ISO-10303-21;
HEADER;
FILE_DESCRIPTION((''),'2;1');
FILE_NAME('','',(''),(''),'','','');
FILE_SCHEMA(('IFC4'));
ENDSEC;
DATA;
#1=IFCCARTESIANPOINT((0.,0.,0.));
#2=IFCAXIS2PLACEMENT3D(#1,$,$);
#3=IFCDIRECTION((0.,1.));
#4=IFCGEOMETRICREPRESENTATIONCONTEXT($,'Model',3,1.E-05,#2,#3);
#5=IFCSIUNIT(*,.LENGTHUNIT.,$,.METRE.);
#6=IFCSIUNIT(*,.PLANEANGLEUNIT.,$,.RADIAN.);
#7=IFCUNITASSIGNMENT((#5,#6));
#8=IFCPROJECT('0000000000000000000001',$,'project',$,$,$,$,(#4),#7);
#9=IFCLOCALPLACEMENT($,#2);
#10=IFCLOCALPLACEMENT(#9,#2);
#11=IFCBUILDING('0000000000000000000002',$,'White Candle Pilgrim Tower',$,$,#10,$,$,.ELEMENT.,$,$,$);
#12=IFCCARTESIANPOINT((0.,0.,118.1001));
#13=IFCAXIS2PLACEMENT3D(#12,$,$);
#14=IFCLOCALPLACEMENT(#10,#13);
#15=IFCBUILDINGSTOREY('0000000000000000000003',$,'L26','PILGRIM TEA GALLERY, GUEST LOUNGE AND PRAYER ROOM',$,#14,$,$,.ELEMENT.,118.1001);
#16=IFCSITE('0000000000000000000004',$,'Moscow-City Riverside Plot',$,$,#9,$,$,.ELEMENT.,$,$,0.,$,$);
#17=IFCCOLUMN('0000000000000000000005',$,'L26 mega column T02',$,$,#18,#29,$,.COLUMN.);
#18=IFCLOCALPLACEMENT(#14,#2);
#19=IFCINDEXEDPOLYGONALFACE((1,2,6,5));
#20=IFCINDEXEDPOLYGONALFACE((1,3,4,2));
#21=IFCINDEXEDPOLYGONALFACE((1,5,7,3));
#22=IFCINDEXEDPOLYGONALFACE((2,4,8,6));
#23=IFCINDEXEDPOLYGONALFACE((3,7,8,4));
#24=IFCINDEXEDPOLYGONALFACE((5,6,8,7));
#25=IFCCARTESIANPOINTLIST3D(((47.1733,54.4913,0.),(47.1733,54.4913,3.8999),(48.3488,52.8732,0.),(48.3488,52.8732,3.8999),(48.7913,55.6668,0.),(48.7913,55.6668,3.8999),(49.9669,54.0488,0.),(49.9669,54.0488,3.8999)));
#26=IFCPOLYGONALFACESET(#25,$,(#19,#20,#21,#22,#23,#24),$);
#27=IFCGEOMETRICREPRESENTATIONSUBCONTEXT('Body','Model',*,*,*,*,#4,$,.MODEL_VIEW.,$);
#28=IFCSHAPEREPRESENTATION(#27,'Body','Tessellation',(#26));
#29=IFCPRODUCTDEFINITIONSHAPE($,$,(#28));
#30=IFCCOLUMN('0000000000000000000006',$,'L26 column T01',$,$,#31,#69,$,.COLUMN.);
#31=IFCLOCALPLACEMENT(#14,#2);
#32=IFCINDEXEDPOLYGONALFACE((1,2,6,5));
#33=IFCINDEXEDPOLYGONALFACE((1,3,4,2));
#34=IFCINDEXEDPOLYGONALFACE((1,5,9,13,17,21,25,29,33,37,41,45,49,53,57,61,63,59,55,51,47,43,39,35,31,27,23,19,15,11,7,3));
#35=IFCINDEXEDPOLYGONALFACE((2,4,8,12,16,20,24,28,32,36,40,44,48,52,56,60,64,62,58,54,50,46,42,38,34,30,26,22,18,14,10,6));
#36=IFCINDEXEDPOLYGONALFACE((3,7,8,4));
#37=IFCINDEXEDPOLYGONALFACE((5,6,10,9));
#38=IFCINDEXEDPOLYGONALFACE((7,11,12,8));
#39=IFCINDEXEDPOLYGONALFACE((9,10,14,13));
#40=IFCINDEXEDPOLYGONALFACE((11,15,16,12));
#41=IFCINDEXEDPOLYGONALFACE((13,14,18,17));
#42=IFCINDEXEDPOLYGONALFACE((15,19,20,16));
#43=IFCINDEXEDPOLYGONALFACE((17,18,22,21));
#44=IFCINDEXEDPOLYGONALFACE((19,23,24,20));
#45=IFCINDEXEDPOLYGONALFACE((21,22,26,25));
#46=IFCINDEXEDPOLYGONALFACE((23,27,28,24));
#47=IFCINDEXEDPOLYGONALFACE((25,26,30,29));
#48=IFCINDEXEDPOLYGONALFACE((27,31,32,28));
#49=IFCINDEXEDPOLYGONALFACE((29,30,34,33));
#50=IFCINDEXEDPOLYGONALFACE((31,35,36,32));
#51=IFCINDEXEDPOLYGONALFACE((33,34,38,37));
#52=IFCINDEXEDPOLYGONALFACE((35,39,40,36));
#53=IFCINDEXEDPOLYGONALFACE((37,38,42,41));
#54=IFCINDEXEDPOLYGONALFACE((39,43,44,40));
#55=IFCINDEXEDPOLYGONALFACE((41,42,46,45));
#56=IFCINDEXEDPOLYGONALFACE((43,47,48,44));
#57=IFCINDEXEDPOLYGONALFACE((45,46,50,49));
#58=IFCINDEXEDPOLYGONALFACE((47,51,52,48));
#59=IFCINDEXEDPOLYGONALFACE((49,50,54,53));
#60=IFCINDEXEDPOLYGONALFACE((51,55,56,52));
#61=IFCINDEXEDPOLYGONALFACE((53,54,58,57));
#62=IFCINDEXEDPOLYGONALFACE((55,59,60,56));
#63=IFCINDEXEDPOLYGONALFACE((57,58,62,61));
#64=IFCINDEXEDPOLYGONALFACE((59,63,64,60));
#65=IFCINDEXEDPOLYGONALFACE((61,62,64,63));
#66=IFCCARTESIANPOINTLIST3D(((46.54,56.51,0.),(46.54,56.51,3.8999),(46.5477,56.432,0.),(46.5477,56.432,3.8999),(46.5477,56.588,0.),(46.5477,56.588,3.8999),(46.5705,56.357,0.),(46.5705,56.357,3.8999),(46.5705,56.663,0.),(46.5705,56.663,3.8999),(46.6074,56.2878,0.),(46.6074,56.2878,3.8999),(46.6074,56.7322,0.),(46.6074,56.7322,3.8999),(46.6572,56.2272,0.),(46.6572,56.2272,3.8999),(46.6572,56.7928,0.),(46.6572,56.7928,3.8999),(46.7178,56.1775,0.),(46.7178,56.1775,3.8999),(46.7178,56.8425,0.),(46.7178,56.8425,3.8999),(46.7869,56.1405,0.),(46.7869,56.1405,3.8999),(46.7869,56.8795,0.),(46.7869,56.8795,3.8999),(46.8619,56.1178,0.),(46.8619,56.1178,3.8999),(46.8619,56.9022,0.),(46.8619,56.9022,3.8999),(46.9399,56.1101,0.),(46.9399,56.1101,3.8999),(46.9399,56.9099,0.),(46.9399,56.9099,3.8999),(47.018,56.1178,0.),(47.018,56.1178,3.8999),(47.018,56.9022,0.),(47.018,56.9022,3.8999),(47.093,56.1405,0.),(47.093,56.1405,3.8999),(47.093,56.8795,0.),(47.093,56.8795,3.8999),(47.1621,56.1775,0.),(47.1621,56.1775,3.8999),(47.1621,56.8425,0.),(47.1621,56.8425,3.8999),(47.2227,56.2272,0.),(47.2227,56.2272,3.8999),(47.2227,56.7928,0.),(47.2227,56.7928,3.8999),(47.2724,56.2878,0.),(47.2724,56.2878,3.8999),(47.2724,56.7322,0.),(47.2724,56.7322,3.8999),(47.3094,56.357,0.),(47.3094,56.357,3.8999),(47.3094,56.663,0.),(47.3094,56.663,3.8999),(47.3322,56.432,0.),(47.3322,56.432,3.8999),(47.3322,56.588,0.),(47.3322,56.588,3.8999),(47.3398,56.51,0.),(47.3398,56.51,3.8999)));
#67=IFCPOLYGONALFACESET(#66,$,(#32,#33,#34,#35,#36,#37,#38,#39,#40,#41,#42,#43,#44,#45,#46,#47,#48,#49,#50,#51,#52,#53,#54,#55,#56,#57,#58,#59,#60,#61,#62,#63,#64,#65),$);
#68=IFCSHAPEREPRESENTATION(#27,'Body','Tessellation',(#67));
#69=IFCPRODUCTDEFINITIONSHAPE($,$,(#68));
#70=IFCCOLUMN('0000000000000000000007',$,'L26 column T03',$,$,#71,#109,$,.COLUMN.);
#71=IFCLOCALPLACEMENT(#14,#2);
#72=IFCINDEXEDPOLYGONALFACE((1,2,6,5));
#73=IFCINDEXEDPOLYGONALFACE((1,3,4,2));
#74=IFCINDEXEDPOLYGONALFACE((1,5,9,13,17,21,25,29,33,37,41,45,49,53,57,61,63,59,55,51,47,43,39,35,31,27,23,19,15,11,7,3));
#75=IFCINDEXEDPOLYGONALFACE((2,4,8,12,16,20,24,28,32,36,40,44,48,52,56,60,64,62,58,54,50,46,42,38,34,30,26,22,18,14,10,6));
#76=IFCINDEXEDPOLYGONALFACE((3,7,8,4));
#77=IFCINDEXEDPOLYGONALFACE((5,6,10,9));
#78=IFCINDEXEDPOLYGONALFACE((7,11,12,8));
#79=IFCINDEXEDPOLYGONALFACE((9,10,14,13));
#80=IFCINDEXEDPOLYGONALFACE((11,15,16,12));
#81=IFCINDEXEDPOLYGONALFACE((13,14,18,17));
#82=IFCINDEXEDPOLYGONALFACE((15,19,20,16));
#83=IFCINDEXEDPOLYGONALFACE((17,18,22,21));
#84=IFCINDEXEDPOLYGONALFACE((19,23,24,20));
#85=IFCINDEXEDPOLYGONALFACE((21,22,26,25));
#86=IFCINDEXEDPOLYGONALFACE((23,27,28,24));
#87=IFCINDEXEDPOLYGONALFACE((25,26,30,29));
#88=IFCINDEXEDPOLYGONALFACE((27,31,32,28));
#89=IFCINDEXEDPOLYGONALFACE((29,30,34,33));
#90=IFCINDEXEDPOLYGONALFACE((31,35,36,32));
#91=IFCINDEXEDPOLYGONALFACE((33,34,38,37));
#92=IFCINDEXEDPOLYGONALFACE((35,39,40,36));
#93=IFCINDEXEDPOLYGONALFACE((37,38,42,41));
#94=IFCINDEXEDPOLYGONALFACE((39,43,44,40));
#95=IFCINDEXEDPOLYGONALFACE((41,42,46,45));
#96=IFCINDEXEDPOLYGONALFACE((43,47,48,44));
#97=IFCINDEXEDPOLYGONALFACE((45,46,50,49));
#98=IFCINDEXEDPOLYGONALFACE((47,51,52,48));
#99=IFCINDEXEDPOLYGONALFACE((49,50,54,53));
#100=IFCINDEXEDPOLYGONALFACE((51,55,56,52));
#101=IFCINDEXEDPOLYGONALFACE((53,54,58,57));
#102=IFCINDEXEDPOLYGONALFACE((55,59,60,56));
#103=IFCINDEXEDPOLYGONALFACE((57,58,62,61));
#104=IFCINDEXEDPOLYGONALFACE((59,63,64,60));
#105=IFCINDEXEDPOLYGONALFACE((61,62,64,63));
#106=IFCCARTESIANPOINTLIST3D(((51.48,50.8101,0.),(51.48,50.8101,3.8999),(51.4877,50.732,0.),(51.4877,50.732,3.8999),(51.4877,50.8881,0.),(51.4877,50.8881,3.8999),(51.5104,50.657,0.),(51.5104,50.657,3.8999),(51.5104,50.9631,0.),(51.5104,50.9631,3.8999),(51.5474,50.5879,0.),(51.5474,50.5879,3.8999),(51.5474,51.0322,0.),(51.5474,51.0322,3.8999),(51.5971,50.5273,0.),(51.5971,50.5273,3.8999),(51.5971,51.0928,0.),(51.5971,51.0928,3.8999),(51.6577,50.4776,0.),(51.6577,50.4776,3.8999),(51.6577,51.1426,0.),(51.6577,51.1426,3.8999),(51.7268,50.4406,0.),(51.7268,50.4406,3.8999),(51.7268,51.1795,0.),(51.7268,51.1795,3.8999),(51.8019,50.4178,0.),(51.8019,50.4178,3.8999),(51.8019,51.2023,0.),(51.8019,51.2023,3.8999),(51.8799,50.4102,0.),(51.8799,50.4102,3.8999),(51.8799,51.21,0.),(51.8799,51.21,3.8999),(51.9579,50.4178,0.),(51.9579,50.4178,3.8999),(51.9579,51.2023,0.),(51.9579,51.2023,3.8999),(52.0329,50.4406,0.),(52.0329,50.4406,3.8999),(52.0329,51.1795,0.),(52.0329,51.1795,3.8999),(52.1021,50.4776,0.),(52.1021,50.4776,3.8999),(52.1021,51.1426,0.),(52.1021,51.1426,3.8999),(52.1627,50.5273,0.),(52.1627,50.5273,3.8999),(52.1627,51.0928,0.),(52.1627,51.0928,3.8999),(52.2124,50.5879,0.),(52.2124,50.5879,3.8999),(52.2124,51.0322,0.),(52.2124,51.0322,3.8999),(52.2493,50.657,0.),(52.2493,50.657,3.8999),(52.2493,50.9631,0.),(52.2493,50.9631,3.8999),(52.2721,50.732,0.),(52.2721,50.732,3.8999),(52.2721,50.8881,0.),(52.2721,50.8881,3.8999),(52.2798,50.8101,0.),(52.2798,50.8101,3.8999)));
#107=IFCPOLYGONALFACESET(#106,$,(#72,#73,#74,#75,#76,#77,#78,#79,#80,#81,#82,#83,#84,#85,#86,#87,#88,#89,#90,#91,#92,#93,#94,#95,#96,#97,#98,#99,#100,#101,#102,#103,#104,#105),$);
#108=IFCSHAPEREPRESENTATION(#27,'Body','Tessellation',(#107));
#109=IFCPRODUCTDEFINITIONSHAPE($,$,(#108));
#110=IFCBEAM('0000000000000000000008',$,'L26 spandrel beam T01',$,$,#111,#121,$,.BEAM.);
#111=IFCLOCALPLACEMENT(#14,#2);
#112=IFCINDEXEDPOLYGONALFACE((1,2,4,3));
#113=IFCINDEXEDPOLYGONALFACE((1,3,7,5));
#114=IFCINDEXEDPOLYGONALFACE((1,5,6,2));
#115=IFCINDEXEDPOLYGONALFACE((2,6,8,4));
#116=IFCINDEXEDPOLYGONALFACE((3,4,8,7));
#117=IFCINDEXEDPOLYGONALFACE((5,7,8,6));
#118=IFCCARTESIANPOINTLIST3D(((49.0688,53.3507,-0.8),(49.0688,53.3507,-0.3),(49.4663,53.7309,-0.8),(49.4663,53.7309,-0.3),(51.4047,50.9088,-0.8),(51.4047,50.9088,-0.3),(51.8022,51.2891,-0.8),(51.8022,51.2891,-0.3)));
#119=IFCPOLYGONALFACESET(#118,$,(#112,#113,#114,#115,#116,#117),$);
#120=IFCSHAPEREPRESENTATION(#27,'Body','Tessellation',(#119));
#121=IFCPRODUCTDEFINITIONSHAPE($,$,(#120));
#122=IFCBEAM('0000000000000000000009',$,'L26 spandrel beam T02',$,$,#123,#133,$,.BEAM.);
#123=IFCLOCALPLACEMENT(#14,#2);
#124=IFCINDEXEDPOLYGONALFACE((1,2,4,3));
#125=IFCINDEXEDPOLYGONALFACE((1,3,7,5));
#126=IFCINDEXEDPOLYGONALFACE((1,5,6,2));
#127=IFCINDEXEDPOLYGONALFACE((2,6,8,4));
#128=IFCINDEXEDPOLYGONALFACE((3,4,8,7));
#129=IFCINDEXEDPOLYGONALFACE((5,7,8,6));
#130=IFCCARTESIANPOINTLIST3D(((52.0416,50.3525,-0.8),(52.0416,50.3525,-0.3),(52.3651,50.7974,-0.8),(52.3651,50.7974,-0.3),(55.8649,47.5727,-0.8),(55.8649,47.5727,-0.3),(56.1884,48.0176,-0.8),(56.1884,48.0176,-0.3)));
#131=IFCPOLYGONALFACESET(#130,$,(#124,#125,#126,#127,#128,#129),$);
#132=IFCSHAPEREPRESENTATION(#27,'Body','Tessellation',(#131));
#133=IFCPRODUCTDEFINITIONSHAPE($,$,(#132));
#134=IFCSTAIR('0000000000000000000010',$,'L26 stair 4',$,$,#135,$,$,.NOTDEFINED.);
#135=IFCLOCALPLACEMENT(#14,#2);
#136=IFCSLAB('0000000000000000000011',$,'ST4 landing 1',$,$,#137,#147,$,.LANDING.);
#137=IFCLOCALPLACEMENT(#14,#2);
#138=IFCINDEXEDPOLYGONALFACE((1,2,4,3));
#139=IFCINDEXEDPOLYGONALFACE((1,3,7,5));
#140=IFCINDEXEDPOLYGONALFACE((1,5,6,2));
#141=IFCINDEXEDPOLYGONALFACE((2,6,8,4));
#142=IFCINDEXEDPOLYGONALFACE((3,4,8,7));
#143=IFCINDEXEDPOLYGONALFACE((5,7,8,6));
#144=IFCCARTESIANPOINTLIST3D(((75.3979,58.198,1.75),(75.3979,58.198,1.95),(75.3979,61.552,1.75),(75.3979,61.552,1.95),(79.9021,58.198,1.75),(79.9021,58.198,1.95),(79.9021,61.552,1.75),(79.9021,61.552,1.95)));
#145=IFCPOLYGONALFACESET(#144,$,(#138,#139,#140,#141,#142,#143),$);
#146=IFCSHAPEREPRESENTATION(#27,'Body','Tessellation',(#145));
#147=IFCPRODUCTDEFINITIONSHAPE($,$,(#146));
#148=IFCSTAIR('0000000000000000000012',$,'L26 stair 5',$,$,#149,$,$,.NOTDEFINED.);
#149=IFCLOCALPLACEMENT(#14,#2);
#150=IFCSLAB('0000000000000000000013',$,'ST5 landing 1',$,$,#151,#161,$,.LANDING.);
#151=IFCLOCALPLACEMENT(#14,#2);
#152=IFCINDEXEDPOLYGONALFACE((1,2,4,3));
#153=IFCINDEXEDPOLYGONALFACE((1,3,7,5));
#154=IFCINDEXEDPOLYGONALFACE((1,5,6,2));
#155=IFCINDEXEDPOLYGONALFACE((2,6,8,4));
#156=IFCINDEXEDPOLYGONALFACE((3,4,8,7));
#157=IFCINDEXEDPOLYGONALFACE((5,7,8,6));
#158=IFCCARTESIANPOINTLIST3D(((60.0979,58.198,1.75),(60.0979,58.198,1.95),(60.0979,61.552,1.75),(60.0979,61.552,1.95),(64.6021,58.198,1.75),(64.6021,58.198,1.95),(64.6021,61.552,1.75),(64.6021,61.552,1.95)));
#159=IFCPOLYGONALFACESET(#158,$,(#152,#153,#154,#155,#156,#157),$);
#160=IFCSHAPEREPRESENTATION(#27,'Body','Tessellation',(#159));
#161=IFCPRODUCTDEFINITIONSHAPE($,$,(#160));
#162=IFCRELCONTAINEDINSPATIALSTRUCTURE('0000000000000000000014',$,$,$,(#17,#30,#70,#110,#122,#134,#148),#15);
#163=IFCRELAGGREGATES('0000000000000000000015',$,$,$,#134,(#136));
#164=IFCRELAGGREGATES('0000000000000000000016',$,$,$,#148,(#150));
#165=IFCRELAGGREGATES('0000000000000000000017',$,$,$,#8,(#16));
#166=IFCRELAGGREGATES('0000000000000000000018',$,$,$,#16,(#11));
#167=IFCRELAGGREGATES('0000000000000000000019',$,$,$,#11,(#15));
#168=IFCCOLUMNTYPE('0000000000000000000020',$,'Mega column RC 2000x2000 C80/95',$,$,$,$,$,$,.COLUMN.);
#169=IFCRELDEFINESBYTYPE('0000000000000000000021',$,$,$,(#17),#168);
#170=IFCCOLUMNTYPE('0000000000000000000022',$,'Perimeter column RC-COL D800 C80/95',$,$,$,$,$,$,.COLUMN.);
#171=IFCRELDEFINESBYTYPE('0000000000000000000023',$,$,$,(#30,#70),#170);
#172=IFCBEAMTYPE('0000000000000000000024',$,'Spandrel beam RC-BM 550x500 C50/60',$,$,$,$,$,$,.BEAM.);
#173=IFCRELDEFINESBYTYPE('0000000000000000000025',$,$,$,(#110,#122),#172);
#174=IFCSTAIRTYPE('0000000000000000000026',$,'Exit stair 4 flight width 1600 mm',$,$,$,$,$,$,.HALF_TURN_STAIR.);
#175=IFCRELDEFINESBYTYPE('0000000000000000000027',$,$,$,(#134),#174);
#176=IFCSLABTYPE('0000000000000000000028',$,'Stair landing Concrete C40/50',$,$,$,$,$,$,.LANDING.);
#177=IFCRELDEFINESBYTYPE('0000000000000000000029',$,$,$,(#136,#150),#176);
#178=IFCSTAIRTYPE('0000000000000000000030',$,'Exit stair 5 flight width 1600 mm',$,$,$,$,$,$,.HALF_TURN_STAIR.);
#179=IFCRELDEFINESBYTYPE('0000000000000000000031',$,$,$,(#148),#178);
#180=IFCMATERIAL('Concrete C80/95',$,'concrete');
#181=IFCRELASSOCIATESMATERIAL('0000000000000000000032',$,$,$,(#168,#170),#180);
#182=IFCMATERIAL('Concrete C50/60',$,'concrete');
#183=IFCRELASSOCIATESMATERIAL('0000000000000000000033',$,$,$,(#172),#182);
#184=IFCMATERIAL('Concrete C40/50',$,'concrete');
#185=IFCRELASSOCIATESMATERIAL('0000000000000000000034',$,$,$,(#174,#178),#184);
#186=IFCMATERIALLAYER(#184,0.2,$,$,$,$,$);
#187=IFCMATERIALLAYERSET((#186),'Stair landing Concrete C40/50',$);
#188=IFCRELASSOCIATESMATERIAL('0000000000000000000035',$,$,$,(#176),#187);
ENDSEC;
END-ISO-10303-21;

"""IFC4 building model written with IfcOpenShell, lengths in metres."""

from ifc_helpers import new_model, si_unit, direction, frame, origin, origin_2d, place, context, subcontext, project, spatial, polyline, rectangle, circle, outline, extrude, material, layer, layer_set, material_profile, profile_set, type_object, element, aggregate, save


model = new_model("IFC4")

# Units and contexts
model_context = context("Model", 3, precision=1e-05, world=origin(), true_north=direction((0.0, 1.0)))
body_context = subcontext(model_context, "Body", "Model", "MODEL_VIEW")
ifc_project = project(units=[si_unit("LENGTHUNIT", "METRE"), si_unit("PLANEANGLEUNIT", "RADIAN")], contexts=[model_context])

# Site, building, storey
site_placement = place(None, origin())
site = spatial("IfcSite", under=ifc_project, at=site_placement, Name="Moscow-City Riverside Plot", CompositionType="ELEMENT", RefElevation=0.0)
building_placement = place(site_placement, origin())
building = spatial("IfcBuilding", under=site, at=building_placement, Name="White Candle Pilgrim Tower", CompositionType="ELEMENT")
storey_placement = place(building_placement, frame((0.0, 0.0, 118.1001)))
storey = spatial("IfcBuildingStorey", under=building, at=storey_placement, Name="L26", Description="PILGRIM TEA GALLERY, GUEST LOUNGE AND PRAYER ROOM", CompositionType="ELEMENT", Elevation=118.1001)

# Columns
ifc_material_1 = material(Name="Concrete C80/95", Category="concrete")
ifc_material_profile_1 = material_profile(ifc_material_1, rectangle(XDim=2.0, YDim=2.0, at=origin_2d()), Name="RC 2000x2000")
ifc_profile_set_1 = profile_set([ifc_material_profile_1], Name="Concrete C80/95")
column_type_1 = type_object("IfcColumnType", Name="Mega column RC 2000x2000 C80/95", PredefinedType="COLUMN", material=ifc_profile_set_1)
column_placement = place(storey_placement, frame((48.5701, 54.27, 0.0), z_axis=(0.0, 0.0, 1.0), x_axis=(-0.809017, -0.587785, 0.0)))
element("IfcColumn", 1, at=column_placement, inside=storey, type_object=column_type_1, Name="L26 mega column T02", PredefinedType="COLUMN", context=body_context, shape_type="SweptSolid", body=[
    extrude(rectangle(XDim=2.0, YDim=2.0, at=origin_2d()), origin(), (0.0, 0.0, 1.0), 3.8999),
])
ifc_material_profile_2 = material_profile(ifc_material_1, circle(Radius=0.3999, at=origin_2d()), Name="RC-COL D800")
ifc_profile_set_2 = profile_set([ifc_material_profile_2], Name="Concrete C80/95")
column_type_2 = type_object("IfcColumnType", Name="Perimeter column RC-COL D800 C80/95", PredefinedType="COLUMN", material=ifc_profile_set_2)
for number, where, z_axis, x_axis, name in (
    (2, (46.9399, 56.51, 0.0), (0.0, 0.0, 1.0), (1.0, 0.0, 0.0), "L26 column T01"),
    (3, (51.8799, 50.8101, 0.0), (0.0, 0.0, 1.0), (1.0, 0.0, 0.0), "L26 column T03"),
):
    element("IfcColumn", number, at=place(storey_placement, frame(where, z_axis=z_axis, x_axis=x_axis)), inside=storey, type_object=column_type_2, Name=name, PredefinedType="COLUMN", context=body_context, shape_type="SweptSolid", body=[
        extrude(circle(Radius=0.3999, at=origin_2d()), origin(), (0.0, 0.0, 1.0), 3.8999),
    ])

# Beams
ifc_material_2 = material(Name="Concrete C50/60", Category="concrete")
ifc_material_profile_3 = material_profile(ifc_material_2, rectangle(XDim=0.55, YDim=0.5, at=origin_2d()), Name="RC-BM 550x500")
ifc_profile_set_3 = profile_set([ifc_material_profile_3], Name="Concrete C50/60")
beam_type = type_object("IfcBeamType", Name="Spandrel beam RC-BM 550x500 C50/60", PredefinedType="BEAM", material=ifc_profile_set_3)
beam_1_placement = place(storey_placement, frame((49.2676, 53.5408, -0.55), z_axis=(0.691255, -0.72261, 0.0), x_axis=(0.72261, 0.691255, 0.0)))
element("IfcBeam", 4, at=beam_1_placement, inside=storey, type_object=beam_type, Name="L26 spandrel beam T01", PredefinedType="BEAM", context=body_context, shape_type="SweptSolid", body=[
    extrude(rectangle(XDim=0.55, YDim=0.5, at=origin_2d()), origin(), (0.0, 0.0, 1.0), 3.3792),
])
beam_2_placement = place(storey_placement, frame((52.2034, 50.575, -0.55), z_axis=(0.808812, -0.588067, 0.0), x_axis=(0.588067, 0.808812, 0.0)))
element("IfcBeam", 5, at=beam_2_placement, inside=storey, type_object=beam_type, Name="L26 spandrel beam T02", PredefinedType="BEAM", context=body_context, shape_type="SweptSolid", body=[
    extrude(rectangle(XDim=0.55, YDim=0.5, at=origin_2d()), origin(), (0.0, 0.0, 1.0), 4.7271),
])

# Stairs, slabs
ifc_material_3 = material(Name="Concrete C40/50", Category="concrete")
stair_type_1 = type_object("IfcStairType", Name="Exit stair 4 flight width 1600 mm", PredefinedType="HALF_TURN_STAIR", material=ifc_material_3)
stair_1_placement = place(storey_placement, origin())
stair_1 = element("IfcStair", 6, at=stair_1_placement, inside=storey, type_object=stair_type_1, Name="L26 stair 4", PredefinedType="NOTDEFINED")
ifc_layer_1 = layer(ifc_material_3, 0.2)
ifc_layer_set_1 = layer_set([ifc_layer_1], Name="Stair landing Concrete C40/50")
slab_type = type_object("IfcSlabType", Name="Stair landing Concrete C40/50", PredefinedType="LANDING", material=ifc_layer_set_1)
slab_1_placement = place(storey_placement, frame((0.0, 0.0, 1.75)))
slab_1 = element("IfcSlab", 7, at=slab_1_placement, type_object=slab_type, Name="ST4 landing 1", PredefinedType="LANDING", context=body_context, shape_type="SweptSolid", body=[
    extrude(outline(polyline([(79.9021, 61.552), (79.9021, 58.198), (75.3979, 58.198), (75.3979, 61.552), (79.9021, 61.552)])), origin(), (0.0, 0.0, 1.0), 0.2),
])
aggregate(stair_1, [slab_1])
stair_type_2 = type_object("IfcStairType", Name="Exit stair 5 flight width 1600 mm", PredefinedType="HALF_TURN_STAIR", material=ifc_material_3)
stair_2_placement = place(storey_placement, origin())
stair_2 = element("IfcStair", 8, at=stair_2_placement, inside=storey, type_object=stair_type_2, Name="L26 stair 5", PredefinedType="NOTDEFINED")
slab_2_placement = place(storey_placement, frame((0.0, 0.0, 1.75)))
slab_2 = element("IfcSlab", 9, at=slab_2_placement, type_object=slab_type, Name="ST5 landing 1", PredefinedType="LANDING", context=body_context, shape_type="SweptSolid", body=[
    extrude(outline(polyline([(60.0979, 58.198), (60.0979, 61.552), (64.6021, 61.552), (64.6021, 58.198), (60.0979, 58.198)])), origin(), (0.0, 0.0, 1.0), 0.2),
])
aggregate(stair_2, [slab_2])

save(model, "model.ifc")
